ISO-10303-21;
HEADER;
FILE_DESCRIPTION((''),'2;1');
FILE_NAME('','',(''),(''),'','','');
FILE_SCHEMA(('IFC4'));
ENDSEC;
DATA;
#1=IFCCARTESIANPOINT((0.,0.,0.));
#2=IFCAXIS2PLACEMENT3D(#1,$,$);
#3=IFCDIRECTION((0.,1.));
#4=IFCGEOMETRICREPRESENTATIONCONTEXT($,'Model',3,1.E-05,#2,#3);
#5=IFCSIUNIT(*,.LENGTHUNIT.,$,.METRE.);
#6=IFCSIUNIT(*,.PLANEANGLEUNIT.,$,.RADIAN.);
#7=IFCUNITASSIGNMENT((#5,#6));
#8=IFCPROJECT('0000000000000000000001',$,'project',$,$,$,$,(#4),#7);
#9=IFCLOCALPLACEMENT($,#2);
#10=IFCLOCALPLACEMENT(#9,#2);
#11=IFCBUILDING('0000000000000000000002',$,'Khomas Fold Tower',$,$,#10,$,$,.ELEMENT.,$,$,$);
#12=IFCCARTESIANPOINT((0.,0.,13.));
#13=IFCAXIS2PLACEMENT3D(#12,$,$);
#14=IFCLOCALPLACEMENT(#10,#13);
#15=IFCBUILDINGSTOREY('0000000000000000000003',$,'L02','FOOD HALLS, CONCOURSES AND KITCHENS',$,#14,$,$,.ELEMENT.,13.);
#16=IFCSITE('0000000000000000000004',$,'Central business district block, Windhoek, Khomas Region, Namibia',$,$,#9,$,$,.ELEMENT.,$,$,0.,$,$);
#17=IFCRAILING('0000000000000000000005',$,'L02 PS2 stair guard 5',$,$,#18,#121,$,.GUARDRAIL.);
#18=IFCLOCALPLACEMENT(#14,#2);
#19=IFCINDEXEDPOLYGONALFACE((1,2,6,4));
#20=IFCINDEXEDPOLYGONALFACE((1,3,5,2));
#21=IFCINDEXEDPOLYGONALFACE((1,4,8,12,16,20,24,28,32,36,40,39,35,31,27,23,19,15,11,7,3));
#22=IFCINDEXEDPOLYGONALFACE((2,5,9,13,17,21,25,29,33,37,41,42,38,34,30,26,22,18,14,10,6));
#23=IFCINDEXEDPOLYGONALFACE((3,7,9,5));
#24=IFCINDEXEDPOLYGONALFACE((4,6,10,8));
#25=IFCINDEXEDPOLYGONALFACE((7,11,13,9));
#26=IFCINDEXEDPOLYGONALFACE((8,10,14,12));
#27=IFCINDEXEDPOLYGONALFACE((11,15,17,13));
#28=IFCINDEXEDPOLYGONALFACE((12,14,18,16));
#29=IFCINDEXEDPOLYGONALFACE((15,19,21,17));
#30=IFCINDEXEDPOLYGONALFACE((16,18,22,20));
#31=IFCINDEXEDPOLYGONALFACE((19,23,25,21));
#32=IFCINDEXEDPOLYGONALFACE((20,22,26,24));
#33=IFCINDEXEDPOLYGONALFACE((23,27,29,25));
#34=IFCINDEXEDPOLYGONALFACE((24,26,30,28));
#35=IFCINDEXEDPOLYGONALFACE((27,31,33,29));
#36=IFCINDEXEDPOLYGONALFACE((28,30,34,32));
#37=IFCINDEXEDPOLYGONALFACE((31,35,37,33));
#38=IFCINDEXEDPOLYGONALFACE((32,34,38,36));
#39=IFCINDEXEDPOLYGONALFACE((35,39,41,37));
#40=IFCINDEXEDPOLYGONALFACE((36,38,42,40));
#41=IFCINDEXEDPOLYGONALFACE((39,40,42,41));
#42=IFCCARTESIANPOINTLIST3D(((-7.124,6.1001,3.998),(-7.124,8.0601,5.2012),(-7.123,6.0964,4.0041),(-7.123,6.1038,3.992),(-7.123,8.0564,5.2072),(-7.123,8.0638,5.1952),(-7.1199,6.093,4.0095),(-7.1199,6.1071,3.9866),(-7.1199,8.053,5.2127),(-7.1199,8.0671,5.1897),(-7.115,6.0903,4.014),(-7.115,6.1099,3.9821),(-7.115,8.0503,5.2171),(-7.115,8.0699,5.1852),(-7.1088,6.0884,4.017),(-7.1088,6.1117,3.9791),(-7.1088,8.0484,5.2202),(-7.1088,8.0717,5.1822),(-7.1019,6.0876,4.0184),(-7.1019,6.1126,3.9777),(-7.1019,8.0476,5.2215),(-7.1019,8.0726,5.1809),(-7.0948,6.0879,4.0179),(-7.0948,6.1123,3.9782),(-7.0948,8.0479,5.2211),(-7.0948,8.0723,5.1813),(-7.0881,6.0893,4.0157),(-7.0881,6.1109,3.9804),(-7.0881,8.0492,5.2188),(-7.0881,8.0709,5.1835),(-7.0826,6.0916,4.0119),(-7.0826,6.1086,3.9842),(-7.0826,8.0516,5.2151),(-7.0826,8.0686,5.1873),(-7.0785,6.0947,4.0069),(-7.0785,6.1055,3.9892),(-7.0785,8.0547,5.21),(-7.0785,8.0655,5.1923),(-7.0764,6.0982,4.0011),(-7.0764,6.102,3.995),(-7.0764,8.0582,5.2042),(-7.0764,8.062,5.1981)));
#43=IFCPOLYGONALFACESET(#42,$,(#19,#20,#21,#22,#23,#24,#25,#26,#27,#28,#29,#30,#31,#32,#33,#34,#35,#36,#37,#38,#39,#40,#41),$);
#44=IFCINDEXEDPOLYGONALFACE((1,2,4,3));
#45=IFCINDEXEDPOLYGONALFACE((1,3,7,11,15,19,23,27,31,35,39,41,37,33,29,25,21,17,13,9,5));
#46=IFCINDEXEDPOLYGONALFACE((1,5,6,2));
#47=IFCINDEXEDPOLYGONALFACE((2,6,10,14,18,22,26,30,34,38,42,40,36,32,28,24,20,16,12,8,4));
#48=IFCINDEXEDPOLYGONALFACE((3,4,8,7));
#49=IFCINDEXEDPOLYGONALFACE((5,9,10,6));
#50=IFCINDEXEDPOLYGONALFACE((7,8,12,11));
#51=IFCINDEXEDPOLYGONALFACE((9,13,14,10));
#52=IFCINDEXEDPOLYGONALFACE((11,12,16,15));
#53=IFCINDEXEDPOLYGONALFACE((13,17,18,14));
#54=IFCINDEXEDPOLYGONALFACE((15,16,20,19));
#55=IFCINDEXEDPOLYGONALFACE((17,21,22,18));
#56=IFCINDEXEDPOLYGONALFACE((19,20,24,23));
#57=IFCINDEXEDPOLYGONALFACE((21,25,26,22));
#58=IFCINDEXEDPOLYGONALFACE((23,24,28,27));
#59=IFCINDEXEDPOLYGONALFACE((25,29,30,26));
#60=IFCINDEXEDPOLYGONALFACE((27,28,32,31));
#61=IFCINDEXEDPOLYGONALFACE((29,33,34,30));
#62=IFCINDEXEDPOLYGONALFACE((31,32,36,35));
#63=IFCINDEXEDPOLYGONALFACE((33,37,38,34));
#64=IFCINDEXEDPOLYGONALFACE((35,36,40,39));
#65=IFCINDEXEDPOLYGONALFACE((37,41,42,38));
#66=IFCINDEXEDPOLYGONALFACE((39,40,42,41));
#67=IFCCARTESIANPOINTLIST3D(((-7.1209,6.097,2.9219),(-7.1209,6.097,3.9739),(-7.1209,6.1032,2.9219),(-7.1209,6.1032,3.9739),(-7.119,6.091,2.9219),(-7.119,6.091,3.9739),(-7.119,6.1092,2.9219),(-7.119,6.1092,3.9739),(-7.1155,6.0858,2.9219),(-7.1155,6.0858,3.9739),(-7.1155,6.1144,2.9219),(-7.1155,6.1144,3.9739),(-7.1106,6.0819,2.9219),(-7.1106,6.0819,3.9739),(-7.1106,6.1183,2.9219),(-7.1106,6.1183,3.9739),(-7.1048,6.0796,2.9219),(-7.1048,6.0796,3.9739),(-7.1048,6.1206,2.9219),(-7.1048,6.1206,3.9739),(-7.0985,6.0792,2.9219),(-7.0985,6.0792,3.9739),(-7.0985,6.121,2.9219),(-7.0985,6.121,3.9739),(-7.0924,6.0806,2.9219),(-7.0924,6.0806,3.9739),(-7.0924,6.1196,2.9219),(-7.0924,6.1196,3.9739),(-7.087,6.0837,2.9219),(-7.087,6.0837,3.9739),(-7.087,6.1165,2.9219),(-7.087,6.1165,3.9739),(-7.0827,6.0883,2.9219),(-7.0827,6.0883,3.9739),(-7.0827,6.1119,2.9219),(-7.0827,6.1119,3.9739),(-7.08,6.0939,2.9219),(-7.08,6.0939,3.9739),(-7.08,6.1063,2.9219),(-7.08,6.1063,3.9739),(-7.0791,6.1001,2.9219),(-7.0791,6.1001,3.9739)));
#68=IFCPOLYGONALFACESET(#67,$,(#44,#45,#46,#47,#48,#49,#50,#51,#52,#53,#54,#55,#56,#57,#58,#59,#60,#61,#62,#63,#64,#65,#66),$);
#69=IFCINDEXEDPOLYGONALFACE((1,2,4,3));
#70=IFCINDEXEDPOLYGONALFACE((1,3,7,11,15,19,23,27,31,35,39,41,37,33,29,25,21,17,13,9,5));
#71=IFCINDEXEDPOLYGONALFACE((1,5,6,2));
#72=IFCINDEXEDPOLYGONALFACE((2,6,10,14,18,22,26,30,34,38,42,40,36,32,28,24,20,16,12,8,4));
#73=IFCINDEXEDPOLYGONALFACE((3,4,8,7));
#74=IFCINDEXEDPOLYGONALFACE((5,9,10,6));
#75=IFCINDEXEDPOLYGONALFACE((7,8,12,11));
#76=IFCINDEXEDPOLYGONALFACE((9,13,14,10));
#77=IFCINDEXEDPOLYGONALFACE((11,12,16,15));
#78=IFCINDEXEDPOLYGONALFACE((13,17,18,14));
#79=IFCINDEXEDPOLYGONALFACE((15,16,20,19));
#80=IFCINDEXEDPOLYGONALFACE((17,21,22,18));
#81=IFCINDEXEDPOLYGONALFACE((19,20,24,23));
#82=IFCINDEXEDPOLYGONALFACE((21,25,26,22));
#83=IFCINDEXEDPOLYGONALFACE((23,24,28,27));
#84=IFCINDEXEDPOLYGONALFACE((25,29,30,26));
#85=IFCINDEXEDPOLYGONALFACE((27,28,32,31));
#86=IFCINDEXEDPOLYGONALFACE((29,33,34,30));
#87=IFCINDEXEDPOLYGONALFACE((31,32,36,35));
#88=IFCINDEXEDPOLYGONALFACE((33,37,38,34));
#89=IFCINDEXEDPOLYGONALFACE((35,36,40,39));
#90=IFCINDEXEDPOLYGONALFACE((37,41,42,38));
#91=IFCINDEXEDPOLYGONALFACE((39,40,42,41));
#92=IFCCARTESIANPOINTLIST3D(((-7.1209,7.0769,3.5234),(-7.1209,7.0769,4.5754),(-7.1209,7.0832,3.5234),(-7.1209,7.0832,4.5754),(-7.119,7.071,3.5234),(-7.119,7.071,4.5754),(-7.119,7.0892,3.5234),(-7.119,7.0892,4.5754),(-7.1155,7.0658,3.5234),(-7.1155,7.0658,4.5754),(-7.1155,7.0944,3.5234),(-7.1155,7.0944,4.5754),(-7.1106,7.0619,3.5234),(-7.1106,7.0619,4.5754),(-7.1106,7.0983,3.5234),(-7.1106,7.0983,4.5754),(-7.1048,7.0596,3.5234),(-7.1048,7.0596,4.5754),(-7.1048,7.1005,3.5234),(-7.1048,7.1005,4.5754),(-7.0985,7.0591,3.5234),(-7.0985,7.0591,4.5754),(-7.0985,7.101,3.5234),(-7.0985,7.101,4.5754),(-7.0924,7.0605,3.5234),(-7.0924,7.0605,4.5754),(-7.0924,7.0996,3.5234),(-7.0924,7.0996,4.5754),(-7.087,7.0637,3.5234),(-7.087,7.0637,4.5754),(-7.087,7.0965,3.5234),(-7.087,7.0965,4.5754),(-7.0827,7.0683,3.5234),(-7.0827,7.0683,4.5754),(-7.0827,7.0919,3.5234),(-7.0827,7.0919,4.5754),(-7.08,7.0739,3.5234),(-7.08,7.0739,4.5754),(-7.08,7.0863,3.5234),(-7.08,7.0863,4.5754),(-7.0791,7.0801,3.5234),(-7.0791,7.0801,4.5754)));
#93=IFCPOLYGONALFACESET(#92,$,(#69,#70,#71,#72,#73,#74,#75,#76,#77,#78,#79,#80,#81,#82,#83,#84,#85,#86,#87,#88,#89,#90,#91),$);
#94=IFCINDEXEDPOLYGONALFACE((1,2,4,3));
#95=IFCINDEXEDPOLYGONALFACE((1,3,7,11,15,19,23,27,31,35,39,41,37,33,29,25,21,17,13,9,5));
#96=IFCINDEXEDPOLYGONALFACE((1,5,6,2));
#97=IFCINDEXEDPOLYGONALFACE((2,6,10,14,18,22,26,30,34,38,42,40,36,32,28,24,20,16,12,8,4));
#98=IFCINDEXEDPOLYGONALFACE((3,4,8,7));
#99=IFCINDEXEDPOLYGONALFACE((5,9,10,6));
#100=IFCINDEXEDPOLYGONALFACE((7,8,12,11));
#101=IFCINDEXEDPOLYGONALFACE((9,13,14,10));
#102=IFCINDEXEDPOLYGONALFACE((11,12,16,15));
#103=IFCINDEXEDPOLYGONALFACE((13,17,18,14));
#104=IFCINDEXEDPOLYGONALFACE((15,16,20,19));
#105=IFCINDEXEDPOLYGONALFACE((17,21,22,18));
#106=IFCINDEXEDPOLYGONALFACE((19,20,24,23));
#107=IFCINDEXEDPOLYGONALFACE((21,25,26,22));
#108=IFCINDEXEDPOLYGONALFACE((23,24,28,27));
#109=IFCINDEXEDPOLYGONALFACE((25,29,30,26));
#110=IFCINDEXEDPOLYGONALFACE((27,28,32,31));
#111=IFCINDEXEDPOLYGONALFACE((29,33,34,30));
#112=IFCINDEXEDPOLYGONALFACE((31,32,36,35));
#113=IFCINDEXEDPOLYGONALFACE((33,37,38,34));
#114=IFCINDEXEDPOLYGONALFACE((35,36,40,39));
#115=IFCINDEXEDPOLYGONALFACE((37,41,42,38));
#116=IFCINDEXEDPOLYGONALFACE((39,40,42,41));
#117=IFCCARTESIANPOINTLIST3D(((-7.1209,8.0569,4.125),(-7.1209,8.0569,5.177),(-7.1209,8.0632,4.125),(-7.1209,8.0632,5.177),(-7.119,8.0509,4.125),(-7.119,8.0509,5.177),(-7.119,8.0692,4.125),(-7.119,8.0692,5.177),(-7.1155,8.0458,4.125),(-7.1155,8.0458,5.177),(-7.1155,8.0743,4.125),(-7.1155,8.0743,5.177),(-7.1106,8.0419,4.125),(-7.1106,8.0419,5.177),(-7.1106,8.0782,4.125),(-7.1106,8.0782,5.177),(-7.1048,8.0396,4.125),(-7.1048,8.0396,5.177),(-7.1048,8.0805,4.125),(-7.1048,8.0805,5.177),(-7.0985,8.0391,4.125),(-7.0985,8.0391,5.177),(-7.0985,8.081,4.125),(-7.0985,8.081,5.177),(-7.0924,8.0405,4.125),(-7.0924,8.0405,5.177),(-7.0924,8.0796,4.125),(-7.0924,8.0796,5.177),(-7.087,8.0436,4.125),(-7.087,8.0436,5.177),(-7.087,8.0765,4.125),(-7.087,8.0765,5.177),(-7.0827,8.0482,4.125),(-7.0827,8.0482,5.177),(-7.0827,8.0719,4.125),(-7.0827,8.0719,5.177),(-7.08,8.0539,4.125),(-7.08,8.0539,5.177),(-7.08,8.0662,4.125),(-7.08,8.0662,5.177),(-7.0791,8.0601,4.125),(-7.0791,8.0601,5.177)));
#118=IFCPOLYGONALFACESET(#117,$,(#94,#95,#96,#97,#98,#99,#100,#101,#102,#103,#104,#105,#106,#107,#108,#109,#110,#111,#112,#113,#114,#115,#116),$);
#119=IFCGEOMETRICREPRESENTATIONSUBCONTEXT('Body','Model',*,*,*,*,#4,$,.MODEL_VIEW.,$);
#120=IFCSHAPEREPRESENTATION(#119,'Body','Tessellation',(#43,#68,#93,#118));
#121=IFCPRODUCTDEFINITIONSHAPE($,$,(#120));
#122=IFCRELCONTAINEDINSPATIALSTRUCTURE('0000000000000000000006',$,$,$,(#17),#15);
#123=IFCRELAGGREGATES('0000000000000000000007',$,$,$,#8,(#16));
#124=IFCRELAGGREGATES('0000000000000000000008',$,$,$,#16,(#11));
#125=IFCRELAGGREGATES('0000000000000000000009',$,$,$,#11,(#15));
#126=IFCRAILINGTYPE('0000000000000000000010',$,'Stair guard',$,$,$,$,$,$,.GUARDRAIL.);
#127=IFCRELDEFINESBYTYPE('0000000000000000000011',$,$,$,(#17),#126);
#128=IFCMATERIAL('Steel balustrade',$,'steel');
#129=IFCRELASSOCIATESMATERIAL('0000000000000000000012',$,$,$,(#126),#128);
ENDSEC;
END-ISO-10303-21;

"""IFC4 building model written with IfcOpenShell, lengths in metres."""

from ifc_helpers import new_model, si_unit, direction, frame, origin, origin_2d, place, context, subcontext, project, spatial, circle, extrude, source, transform, mapped, material, type_object, element, save


model = new_model("IFC4")

# Units and contexts
model_context = context("Model", 3, precision=1e-05, world=origin(), true_north=direction((0.0, 1.0)))
body_context = subcontext(model_context, "Body", "Model", "MODEL_VIEW")
ifc_project = project(units=[si_unit("LENGTHUNIT", "METRE"), si_unit("PLANEANGLEUNIT", "RADIAN")], contexts=[model_context])

# Site, building, storey
site_placement = place(None, origin())
site = spatial("IfcSite", under=ifc_project, at=site_placement, Name="Central business district block, Windhoek, Khomas Region, Namibia", CompositionType="ELEMENT", RefElevation=0.0)
building_placement = place(site_placement, origin())
building = spatial("IfcBuilding", under=site, at=building_placement, Name="Khomas Fold Tower", CompositionType="ELEMENT")
storey_placement = place(building_placement, frame((0.0, 0.0, 13.0)))
storey = spatial("IfcBuildingStorey", under=building, at=storey_placement, Name="L02", Description="FOOD HALLS, CONCOURSES AND KITCHENS", CompositionType="ELEMENT", Elevation=13.0)

# Railing
ifc_material_1 = material(Name="Steel balustrade", Category="steel")
railing_type_1 = type_object("IfcRailingType", Name="Stair guard", PredefinedType="GUARDRAIL", material=ifc_material_1)
shared_shape_1 = source(origin(), body_context, "Body", "SweptSolid", [
    extrude(circle(Radius=0.0239, at=origin_2d()), frame((0.0, 0.0, 1.0762), z_axis=(0.0, 0.852241, 0.523149), x_axis=(-1.0, 0.0, 0.0)), (0.0, 0.0, 1.0), 2.2998),
    extrude(circle(Radius=0.021, at=origin_2d()), origin(), (0.0, 0.0, 1.0), 1.052),
    extrude(circle(Radius=0.021, at=origin_2d()), frame((0.0, 0.98, 0.6016)), (0.0, 0.0, 1.0), 1.052),
    extrude(circle(Radius=0.021, at=origin_2d()), frame((0.0, 1.96, 1.2031)), (0.0, 0.0, 1.0), 1.052),
])
for number, where, name in (
    (1, (-7.1001, 6.1001, 2.9219), "L02 PS2 stair guard 5"),
):
    element("IfcRailing", number, at=place(storey_placement, frame(where)), inside=storey, type_object=railing_type_1, Name=name, PredefinedType="GUARDRAIL", context=body_context, shape_type="MappedRepresentation", body=[
        mapped(shared_shape_1, transform((0.0, 0.0, 0.0))),
    ])

save(model, "model.ifc")
